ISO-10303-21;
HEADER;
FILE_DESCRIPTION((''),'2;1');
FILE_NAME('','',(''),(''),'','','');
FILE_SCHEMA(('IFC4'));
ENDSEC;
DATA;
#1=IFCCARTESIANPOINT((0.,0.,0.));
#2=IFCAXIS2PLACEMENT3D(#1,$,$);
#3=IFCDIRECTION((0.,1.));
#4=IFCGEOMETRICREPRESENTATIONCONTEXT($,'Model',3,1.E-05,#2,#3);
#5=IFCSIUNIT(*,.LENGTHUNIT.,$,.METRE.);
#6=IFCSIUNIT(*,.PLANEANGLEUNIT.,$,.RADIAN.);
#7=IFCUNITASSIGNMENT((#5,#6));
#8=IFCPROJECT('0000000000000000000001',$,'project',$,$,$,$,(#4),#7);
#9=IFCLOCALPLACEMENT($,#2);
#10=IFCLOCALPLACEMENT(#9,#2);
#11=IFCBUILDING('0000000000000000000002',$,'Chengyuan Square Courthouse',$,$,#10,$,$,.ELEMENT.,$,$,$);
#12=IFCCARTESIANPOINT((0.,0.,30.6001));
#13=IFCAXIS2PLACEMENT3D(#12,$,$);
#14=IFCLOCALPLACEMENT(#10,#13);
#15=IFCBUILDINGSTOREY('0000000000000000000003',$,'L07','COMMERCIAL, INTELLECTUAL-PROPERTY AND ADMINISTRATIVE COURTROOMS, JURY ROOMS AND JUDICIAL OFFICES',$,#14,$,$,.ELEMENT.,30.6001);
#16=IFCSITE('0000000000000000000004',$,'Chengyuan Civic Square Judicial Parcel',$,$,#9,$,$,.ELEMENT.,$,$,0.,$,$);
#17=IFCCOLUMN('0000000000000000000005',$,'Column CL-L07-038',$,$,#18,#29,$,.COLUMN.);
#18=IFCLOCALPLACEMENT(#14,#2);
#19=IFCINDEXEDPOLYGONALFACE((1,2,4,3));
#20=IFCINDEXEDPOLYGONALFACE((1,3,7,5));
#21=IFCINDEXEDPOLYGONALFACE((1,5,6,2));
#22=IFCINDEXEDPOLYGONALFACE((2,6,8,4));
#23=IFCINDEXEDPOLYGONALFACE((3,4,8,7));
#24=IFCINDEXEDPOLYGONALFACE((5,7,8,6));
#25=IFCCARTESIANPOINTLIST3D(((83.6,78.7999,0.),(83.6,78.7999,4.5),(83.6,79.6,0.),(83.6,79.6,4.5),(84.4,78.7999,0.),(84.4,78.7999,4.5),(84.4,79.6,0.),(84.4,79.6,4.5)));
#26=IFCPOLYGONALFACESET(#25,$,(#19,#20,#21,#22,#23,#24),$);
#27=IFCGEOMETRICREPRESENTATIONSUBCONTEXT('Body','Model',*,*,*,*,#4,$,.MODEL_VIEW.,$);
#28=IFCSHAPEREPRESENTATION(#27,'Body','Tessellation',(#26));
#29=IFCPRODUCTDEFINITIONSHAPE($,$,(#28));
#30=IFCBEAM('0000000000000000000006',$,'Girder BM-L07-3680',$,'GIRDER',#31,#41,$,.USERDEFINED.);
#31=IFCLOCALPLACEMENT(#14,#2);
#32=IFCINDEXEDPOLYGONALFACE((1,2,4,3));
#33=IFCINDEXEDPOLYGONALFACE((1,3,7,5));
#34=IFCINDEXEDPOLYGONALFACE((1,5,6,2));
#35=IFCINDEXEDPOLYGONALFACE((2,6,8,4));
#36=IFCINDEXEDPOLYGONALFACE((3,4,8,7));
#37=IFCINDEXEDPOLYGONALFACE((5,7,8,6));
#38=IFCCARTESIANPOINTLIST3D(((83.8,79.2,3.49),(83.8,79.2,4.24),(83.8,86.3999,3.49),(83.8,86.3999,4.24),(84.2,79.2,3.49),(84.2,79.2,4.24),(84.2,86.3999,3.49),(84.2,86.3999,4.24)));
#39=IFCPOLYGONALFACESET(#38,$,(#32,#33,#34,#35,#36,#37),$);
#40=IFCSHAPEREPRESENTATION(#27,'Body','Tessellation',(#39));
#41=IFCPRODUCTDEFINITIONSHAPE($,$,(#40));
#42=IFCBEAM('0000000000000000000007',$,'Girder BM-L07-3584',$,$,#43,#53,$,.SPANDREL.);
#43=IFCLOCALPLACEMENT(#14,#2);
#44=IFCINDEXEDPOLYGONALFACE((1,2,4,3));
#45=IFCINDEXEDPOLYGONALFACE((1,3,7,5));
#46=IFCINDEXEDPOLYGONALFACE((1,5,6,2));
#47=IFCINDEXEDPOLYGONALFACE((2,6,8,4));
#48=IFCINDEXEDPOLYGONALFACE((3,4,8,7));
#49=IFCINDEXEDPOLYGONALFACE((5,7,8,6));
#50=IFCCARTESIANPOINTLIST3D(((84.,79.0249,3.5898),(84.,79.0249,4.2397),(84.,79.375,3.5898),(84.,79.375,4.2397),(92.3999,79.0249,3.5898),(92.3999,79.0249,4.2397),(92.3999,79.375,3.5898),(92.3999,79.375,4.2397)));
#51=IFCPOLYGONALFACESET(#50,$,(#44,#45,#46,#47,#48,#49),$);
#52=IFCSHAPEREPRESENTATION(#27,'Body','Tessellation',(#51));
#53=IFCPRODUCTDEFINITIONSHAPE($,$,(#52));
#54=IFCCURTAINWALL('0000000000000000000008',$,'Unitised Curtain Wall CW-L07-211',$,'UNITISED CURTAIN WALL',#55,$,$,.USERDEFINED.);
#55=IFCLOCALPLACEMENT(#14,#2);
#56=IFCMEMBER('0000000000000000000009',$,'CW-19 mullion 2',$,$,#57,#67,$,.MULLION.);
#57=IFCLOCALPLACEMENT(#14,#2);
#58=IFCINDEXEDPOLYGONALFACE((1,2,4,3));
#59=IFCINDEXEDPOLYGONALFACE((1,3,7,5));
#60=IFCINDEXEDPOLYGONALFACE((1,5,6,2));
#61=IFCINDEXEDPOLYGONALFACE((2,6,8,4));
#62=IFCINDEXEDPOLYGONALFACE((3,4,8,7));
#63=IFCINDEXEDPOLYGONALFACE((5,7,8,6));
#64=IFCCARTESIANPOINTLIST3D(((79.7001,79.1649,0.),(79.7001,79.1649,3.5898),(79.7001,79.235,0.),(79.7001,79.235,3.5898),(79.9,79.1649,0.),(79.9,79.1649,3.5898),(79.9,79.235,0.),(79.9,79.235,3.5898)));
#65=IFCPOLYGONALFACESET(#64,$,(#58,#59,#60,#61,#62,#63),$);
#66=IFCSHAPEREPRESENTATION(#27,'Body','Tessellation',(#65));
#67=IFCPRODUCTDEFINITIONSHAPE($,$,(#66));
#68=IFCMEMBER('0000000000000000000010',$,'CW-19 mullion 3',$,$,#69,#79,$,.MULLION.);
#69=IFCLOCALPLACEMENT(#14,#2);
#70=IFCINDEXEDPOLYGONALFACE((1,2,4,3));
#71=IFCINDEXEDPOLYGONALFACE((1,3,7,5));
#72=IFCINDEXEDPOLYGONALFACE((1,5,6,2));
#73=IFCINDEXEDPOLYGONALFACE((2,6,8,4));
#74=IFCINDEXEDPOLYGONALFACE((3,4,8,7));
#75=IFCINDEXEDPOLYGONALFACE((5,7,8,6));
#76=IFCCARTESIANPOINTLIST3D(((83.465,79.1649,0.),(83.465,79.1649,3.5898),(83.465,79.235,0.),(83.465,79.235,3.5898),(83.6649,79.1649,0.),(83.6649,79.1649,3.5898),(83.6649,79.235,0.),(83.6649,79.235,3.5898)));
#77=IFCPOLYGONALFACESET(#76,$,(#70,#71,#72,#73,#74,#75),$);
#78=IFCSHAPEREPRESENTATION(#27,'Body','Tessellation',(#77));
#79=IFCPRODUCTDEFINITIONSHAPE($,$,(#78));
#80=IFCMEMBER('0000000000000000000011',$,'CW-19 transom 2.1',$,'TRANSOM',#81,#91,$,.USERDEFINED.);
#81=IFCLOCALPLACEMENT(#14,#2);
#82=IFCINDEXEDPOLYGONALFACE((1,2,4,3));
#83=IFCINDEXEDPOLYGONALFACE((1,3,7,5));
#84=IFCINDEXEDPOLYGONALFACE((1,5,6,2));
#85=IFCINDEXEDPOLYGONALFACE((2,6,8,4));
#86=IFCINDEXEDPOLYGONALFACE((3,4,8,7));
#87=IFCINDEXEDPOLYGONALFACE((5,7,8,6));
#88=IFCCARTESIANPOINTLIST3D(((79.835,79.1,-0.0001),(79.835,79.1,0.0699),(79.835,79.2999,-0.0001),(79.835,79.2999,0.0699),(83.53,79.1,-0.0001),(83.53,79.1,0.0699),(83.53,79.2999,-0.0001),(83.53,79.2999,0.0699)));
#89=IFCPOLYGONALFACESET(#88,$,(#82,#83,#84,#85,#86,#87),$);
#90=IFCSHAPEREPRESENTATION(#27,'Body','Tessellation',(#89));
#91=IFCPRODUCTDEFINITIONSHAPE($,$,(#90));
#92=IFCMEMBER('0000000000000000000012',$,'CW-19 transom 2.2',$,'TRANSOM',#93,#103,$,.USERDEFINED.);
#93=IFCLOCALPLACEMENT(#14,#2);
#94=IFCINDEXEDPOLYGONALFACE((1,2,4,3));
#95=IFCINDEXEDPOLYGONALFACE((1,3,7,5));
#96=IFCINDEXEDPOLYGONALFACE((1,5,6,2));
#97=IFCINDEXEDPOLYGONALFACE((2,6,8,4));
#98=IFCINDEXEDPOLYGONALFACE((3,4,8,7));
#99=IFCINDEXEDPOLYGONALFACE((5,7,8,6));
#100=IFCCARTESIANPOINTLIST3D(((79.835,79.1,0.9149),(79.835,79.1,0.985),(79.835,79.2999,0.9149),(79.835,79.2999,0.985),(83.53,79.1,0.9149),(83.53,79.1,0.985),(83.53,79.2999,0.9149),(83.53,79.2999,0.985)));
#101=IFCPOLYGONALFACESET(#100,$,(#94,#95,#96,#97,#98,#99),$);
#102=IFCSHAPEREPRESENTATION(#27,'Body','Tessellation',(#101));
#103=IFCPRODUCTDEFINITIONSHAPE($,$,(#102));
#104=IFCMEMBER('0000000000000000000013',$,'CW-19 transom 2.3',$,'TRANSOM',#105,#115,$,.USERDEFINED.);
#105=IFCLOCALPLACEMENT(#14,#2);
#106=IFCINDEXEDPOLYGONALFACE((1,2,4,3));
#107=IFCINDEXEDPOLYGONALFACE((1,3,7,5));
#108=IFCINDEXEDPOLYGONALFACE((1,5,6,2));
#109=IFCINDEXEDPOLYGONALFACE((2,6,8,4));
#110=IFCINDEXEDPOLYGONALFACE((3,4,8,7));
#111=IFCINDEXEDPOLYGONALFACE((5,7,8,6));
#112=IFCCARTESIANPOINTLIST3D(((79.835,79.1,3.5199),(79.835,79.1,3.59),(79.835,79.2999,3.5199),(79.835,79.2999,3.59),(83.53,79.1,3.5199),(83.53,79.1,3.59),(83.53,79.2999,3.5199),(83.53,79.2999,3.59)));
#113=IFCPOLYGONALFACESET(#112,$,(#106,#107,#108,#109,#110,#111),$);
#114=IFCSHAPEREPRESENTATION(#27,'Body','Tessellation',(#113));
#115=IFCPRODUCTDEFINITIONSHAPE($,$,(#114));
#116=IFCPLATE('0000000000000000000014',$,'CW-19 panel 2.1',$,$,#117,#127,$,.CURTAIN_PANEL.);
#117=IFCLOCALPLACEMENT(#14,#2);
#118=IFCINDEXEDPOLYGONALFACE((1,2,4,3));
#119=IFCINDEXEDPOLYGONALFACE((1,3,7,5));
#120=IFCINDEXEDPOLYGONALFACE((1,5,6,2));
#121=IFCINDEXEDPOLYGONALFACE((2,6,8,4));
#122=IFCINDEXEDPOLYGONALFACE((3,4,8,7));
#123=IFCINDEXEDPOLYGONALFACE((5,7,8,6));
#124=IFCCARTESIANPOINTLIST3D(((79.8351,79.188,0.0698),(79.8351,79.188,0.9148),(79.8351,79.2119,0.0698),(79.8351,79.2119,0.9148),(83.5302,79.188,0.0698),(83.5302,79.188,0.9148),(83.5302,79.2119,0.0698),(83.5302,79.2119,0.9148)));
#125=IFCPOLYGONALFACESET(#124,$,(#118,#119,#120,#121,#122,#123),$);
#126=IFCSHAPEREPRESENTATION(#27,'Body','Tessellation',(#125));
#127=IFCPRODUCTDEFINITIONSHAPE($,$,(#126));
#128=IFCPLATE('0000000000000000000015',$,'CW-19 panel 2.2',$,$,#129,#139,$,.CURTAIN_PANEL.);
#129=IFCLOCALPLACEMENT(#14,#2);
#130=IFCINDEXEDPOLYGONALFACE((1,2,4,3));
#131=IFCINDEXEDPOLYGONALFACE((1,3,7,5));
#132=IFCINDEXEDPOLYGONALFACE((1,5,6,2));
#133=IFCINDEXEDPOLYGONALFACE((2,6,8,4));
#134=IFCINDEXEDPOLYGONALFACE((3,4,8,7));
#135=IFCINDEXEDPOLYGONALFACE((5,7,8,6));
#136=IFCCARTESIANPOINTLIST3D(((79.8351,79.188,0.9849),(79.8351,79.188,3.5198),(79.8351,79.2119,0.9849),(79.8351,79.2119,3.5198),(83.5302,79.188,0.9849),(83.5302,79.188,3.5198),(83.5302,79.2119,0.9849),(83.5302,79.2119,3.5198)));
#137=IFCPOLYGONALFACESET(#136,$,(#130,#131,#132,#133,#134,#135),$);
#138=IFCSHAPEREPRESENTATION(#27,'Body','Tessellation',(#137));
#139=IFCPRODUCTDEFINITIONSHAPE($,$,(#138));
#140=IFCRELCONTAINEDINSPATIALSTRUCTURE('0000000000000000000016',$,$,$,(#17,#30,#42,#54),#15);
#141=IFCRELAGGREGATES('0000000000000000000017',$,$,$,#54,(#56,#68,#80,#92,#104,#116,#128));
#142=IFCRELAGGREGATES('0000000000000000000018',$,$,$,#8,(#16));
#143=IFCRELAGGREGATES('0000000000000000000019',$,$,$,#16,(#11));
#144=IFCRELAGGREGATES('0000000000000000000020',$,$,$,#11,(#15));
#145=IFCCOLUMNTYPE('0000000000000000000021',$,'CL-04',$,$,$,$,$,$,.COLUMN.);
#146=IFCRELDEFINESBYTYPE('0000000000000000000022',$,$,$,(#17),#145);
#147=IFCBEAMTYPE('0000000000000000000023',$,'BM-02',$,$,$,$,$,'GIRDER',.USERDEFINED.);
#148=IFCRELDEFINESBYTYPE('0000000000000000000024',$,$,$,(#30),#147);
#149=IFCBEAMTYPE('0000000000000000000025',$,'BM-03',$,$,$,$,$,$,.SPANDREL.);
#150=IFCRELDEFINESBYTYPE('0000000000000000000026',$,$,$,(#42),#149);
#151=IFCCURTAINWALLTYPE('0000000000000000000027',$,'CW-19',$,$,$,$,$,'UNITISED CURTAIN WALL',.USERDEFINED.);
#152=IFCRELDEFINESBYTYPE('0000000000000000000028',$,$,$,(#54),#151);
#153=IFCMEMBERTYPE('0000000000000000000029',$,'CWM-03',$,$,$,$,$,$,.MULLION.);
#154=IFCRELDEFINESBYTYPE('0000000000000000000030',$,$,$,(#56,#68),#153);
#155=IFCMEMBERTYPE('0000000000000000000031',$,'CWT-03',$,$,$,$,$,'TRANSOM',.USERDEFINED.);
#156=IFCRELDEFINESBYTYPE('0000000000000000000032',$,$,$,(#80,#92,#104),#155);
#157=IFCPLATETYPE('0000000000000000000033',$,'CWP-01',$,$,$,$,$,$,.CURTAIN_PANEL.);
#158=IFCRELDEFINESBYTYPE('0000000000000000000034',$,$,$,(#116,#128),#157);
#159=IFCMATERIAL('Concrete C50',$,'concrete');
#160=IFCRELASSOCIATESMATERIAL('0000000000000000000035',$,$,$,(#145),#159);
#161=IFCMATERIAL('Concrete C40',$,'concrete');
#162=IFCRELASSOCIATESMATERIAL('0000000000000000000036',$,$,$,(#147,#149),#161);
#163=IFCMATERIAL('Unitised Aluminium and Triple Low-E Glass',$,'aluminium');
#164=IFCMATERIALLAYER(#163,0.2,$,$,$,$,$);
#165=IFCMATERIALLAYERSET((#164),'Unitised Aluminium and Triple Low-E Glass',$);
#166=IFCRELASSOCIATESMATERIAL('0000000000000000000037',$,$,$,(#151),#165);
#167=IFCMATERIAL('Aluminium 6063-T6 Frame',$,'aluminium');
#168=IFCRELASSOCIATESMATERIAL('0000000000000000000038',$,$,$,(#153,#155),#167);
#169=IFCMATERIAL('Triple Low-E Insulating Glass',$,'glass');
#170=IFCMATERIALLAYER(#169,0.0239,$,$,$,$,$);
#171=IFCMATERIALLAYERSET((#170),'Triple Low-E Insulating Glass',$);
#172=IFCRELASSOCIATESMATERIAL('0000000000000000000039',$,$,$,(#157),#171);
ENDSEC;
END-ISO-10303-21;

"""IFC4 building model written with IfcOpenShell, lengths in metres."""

from ifc_helpers import new_model, si_unit, direction, frame, origin, origin_2d, place, context, subcontext, project, spatial, rectangle, extrude, material, layer, layer_set, material_profile, profile_set, type_object, element, aggregate, save


model = new_model("IFC4")

# Units and contexts
model_context = context("Model", 3, precision=1e-05, world=origin(), true_north=direction((0.0, 1.0)))
body_context = subcontext(model_context, "Body", "Model", "MODEL_VIEW")
ifc_project = project(units=[si_unit("LENGTHUNIT", "METRE"), si_unit("PLANEANGLEUNIT", "RADIAN")], contexts=[model_context])

# Site, building, storey
site_placement = place(None, origin())
site = spatial("IfcSite", under=ifc_project, at=site_placement, Name="Chengyuan Civic Square Judicial Parcel", CompositionType="ELEMENT", RefElevation=0.0)
building_placement = place(site_placement, origin())
building = spatial("IfcBuilding", under=site, at=building_placement, Name="Chengyuan Square Courthouse", CompositionType="ELEMENT")
storey_placement = place(building_placement, frame((0.0, 0.0, 30.6001)))
storey = spatial("IfcBuildingStorey", under=building, at=storey_placement, Name="L07", Description="COMMERCIAL, INTELLECTUAL-PROPERTY AND ADMINISTRATIVE COURTROOMS, JURY ROOMS AND JUDICIAL OFFICES", CompositionType="ELEMENT", Elevation=30.6001)

# Column
ifc_material_1 = material(Name="Concrete C50", Category="concrete")
ifc_material_profile_1 = material_profile(ifc_material_1, rectangle(XDim=0.8, YDim=0.8, at=origin_2d()), Name="RC-COL-800x800")
ifc_profile_set_1 = profile_set([ifc_material_profile_1], Name="Concrete C50")
column_type = type_object("IfcColumnType", Name="CL-04", PredefinedType="COLUMN", material=ifc_profile_set_1)
column_placement = place(storey_placement, frame((84.0, 79.2, 0.0), z_axis=(0.0, 0.0, 1.0), x_axis=(1.0, 0.0, 0.0)))
element("IfcColumn", 1, at=column_placement, inside=storey, type_object=column_type, Name="Column CL-L07-038", PredefinedType="COLUMN", context=body_context, shape_type="SweptSolid", body=[
    extrude(rectangle(XDim=0.8, YDim=0.8, at=origin_2d()), origin(), (0.0, 0.0, 1.0), 4.5),
])

# Beams
ifc_material_2 = material(Name="Concrete C40", Category="concrete")
ifc_material_profile_2 = material_profile(ifc_material_2, rectangle(XDim=0.3999, YDim=0.75, at=origin_2d()), Name="RC-BM-400x750")
ifc_profile_set_2 = profile_set([ifc_material_profile_2], Name="Concrete C40")
beam_type_1 = type_object("IfcBeamType", Name="BM-02", ElementType="GIRDER", PredefinedType="USERDEFINED", material=ifc_profile_set_2)
beam_1_placement = place(storey_placement, frame((84.0, 79.2, 3.865), z_axis=(0.0, 1.0, 0.0), x_axis=(-1.0, 0.0, 0.0)))
element("IfcBeam", 2, at=beam_1_placement, inside=storey, type_object=beam_type_1, Name="Girder BM-L07-3680", ObjectType="GIRDER", PredefinedType="USERDEFINED", context=body_context, shape_type="SweptSolid", body=[
    extrude(rectangle(XDim=0.3999, YDim=0.75, at=origin_2d()), origin(), (0.0, 0.0, 1.0), 7.2),
])
ifc_material_profile_3 = material_profile(ifc_material_2, rectangle(XDim=0.3501, YDim=0.6499, at=origin_2d()), Name="RC-BM-350x650")
ifc_profile_set_3 = profile_set([ifc_material_profile_3], Name="Concrete C40")
beam_type_2 = type_object("IfcBeamType", Name="BM-03", PredefinedType="SPANDREL", material=ifc_profile_set_3)
beam_2_placement = place(storey_placement, frame((84.0, 79.2, 3.9148), z_axis=(1.0, 0.0, 0.0), x_axis=(0.0, 1.0, 0.0)))
element("IfcBeam", 3, at=beam_2_placement, inside=storey, type_object=beam_type_2, Name="Girder BM-L07-3584", PredefinedType="SPANDREL", context=body_context, shape_type="SweptSolid", body=[
    extrude(rectangle(XDim=0.3501, YDim=0.6499, at=origin_2d()), origin(), (0.0, 0.0, 1.0), 8.3999),
])

# Curtain wall, members, plates
ifc_material_3 = material(Name="Unitised Aluminium and Triple Low-E Glass", Category="aluminium")
ifc_layer_1 = layer(ifc_material_3, 0.2)
ifc_layer_set_1 = layer_set([ifc_layer_1], Name="Unitised Aluminium and Triple Low-E Glass")
curtain_wall_type = type_object("IfcCurtainWallType", Name="CW-19", ElementType="UNITISED CURTAIN WALL", PredefinedType="USERDEFINED", material=ifc_layer_set_1)
curtain_wall_placement = place(storey_placement, origin())
curtain_wall = element("IfcCurtainWall", 4, at=curtain_wall_placement, inside=storey, type_object=curtain_wall_type, Name="Unitised Curtain Wall CW-L07-211", ObjectType="UNITISED CURTAIN WALL", PredefinedType="USERDEFINED")
ifc_material_4 = material(Name="Aluminium 6063-T6 Frame", Category="aluminium")
ifc_material_profile_4 = material_profile(ifc_material_4, rectangle(XDim=0.0701, YDim=0.2, at=origin_2d()), Name="CW-MUL-70x200")
ifc_profile_set_4 = profile_set([ifc_material_profile_4], Name="Aluminium 6063-T6 Frame")
member_type_1 = type_object("IfcMemberType", Name="CWM-03", PredefinedType="MULLION", material=ifc_profile_set_4)
member_1_placement = place(storey_placement, frame((79.8, 79.2, 0.0), z_axis=(0.0, 0.0, 1.0), x_axis=(0.0, 1.0, 0.0)))
member_1 = element("IfcMember", 5, at=member_1_placement, type_object=member_type_1, Name="CW-19 mullion 2", PredefinedType="MULLION", context=body_context, shape_type="SweptSolid", body=[
    extrude(rectangle(XDim=0.0701, YDim=0.2, at=origin_2d()), origin(), (0.0, 0.0, 1.0), 3.5898),
])
member_2_placement = place(storey_placement, frame((83.5649, 79.2, 0.0), z_axis=(0.0, 0.0, 1.0), x_axis=(0.0, 1.0, 0.0)))
member_2 = element("IfcMember", 6, at=member_2_placement, type_object=member_type_1, Name="CW-19 mullion 3", PredefinedType="MULLION", context=body_context, shape_type="SweptSolid", body=[
    extrude(rectangle(XDim=0.0701, YDim=0.2, at=origin_2d()), origin(), (0.0, 0.0, 1.0), 3.5898),
])
ifc_material_profile_5 = material_profile(ifc_material_4, rectangle(XDim=0.2, YDim=0.0701, at=origin_2d()), Name="CW-TRN-70x160")
ifc_profile_set_5 = profile_set([ifc_material_profile_5], Name="Aluminium 6063-T6 Frame")
member_type_2 = type_object("IfcMemberType", Name="CWT-03", ElementType="TRANSOM", PredefinedType="USERDEFINED", material=ifc_profile_set_5)
member_3_placement = place(storey_placement, frame((79.835, 79.2, 0.0349), z_axis=(1.0, 0.0, 0.0), x_axis=(0.0, 1.0, 0.0)))
member_3 = element("IfcMember", 7, at=member_3_placement, type_object=member_type_2, Name="CW-19 transom 2.1", ObjectType="TRANSOM", PredefinedType="USERDEFINED", context=body_context, shape_type="SweptSolid", body=[
    extrude(rectangle(XDim=0.2, YDim=0.0701, at=origin_2d()), origin(), (0.0, 0.0, 1.0), 3.6951),
])
member_4_placement = place(storey_placement, frame((79.835, 79.2, 0.95), z_axis=(1.0, 0.0, 0.0), x_axis=(0.0, 1.0, 0.0)))
member_4 = element("IfcMember", 8, at=member_4_placement, type_object=member_type_2, Name="CW-19 transom 2.2", ObjectType="TRANSOM", PredefinedType="USERDEFINED", context=body_context, shape_type="SweptSolid", body=[
    extrude(rectangle(XDim=0.2, YDim=0.0701, at=origin_2d()), origin(), (0.0, 0.0, 1.0), 3.6951),
])
member_5_placement = place(storey_placement, frame((79.835, 79.2, 3.5549), z_axis=(1.0, 0.0, 0.0), x_axis=(0.0, 1.0, 0.0)))
member_5 = element("IfcMember", 9, at=member_5_placement, type_object=member_type_2, Name="CW-19 transom 2.3", ObjectType="TRANSOM", PredefinedType="USERDEFINED", context=body_context, shape_type="SweptSolid", body=[
    extrude(rectangle(XDim=0.2, YDim=0.0701, at=origin_2d()), origin(), (0.0, 0.0, 1.0), 3.6951),
])
ifc_material_5 = material(Name="Triple Low-E Insulating Glass", Category="glass")
ifc_layer_2 = layer(ifc_material_5, 0.0239)
ifc_layer_set_2 = layer_set([ifc_layer_2], Name="Triple Low-E Insulating Glass")
plate_type = type_object("IfcPlateType", Name="CWP-01", PredefinedType="CURTAIN_PANEL", material=ifc_layer_set_2)
plate_1_placement = place(storey_placement, frame((81.6826, 79.2, 0.0698), z_axis=(0.0, 0.0, 1.0), x_axis=(1.0, 0.0, 0.0)))
plate_1 = element("IfcPlate", 10, at=plate_1_placement, type_object=plate_type, Name="CW-19 panel 2.1", PredefinedType="CURTAIN_PANEL", context=body_context, shape_type="SweptSolid", body=[
    extrude(rectangle(XDim=3.6951, YDim=0.0239, at=origin_2d()), origin(), (0.0, 0.0, 1.0), 0.845),
])
plate_2_placement = place(storey_placement, frame((81.6826, 79.2, 0.9849), z_axis=(0.0, 0.0, 1.0), x_axis=(1.0, 0.0, 0.0)))
plate_2 = element("IfcPlate", 11, at=plate_2_placement, type_object=plate_type, Name="CW-19 panel 2.2", PredefinedType="CURTAIN_PANEL", context=body_context, shape_type="SweptSolid", body=[
    extrude(rectangle(XDim=3.6951, YDim=0.0239, at=origin_2d()), origin(), (0.0, 0.0, 1.0), 2.5349),
])
aggregate(curtain_wall, [member_1, member_2, member_3, member_4, member_5, plate_1, plate_2])

save(model, "model.ifc")
